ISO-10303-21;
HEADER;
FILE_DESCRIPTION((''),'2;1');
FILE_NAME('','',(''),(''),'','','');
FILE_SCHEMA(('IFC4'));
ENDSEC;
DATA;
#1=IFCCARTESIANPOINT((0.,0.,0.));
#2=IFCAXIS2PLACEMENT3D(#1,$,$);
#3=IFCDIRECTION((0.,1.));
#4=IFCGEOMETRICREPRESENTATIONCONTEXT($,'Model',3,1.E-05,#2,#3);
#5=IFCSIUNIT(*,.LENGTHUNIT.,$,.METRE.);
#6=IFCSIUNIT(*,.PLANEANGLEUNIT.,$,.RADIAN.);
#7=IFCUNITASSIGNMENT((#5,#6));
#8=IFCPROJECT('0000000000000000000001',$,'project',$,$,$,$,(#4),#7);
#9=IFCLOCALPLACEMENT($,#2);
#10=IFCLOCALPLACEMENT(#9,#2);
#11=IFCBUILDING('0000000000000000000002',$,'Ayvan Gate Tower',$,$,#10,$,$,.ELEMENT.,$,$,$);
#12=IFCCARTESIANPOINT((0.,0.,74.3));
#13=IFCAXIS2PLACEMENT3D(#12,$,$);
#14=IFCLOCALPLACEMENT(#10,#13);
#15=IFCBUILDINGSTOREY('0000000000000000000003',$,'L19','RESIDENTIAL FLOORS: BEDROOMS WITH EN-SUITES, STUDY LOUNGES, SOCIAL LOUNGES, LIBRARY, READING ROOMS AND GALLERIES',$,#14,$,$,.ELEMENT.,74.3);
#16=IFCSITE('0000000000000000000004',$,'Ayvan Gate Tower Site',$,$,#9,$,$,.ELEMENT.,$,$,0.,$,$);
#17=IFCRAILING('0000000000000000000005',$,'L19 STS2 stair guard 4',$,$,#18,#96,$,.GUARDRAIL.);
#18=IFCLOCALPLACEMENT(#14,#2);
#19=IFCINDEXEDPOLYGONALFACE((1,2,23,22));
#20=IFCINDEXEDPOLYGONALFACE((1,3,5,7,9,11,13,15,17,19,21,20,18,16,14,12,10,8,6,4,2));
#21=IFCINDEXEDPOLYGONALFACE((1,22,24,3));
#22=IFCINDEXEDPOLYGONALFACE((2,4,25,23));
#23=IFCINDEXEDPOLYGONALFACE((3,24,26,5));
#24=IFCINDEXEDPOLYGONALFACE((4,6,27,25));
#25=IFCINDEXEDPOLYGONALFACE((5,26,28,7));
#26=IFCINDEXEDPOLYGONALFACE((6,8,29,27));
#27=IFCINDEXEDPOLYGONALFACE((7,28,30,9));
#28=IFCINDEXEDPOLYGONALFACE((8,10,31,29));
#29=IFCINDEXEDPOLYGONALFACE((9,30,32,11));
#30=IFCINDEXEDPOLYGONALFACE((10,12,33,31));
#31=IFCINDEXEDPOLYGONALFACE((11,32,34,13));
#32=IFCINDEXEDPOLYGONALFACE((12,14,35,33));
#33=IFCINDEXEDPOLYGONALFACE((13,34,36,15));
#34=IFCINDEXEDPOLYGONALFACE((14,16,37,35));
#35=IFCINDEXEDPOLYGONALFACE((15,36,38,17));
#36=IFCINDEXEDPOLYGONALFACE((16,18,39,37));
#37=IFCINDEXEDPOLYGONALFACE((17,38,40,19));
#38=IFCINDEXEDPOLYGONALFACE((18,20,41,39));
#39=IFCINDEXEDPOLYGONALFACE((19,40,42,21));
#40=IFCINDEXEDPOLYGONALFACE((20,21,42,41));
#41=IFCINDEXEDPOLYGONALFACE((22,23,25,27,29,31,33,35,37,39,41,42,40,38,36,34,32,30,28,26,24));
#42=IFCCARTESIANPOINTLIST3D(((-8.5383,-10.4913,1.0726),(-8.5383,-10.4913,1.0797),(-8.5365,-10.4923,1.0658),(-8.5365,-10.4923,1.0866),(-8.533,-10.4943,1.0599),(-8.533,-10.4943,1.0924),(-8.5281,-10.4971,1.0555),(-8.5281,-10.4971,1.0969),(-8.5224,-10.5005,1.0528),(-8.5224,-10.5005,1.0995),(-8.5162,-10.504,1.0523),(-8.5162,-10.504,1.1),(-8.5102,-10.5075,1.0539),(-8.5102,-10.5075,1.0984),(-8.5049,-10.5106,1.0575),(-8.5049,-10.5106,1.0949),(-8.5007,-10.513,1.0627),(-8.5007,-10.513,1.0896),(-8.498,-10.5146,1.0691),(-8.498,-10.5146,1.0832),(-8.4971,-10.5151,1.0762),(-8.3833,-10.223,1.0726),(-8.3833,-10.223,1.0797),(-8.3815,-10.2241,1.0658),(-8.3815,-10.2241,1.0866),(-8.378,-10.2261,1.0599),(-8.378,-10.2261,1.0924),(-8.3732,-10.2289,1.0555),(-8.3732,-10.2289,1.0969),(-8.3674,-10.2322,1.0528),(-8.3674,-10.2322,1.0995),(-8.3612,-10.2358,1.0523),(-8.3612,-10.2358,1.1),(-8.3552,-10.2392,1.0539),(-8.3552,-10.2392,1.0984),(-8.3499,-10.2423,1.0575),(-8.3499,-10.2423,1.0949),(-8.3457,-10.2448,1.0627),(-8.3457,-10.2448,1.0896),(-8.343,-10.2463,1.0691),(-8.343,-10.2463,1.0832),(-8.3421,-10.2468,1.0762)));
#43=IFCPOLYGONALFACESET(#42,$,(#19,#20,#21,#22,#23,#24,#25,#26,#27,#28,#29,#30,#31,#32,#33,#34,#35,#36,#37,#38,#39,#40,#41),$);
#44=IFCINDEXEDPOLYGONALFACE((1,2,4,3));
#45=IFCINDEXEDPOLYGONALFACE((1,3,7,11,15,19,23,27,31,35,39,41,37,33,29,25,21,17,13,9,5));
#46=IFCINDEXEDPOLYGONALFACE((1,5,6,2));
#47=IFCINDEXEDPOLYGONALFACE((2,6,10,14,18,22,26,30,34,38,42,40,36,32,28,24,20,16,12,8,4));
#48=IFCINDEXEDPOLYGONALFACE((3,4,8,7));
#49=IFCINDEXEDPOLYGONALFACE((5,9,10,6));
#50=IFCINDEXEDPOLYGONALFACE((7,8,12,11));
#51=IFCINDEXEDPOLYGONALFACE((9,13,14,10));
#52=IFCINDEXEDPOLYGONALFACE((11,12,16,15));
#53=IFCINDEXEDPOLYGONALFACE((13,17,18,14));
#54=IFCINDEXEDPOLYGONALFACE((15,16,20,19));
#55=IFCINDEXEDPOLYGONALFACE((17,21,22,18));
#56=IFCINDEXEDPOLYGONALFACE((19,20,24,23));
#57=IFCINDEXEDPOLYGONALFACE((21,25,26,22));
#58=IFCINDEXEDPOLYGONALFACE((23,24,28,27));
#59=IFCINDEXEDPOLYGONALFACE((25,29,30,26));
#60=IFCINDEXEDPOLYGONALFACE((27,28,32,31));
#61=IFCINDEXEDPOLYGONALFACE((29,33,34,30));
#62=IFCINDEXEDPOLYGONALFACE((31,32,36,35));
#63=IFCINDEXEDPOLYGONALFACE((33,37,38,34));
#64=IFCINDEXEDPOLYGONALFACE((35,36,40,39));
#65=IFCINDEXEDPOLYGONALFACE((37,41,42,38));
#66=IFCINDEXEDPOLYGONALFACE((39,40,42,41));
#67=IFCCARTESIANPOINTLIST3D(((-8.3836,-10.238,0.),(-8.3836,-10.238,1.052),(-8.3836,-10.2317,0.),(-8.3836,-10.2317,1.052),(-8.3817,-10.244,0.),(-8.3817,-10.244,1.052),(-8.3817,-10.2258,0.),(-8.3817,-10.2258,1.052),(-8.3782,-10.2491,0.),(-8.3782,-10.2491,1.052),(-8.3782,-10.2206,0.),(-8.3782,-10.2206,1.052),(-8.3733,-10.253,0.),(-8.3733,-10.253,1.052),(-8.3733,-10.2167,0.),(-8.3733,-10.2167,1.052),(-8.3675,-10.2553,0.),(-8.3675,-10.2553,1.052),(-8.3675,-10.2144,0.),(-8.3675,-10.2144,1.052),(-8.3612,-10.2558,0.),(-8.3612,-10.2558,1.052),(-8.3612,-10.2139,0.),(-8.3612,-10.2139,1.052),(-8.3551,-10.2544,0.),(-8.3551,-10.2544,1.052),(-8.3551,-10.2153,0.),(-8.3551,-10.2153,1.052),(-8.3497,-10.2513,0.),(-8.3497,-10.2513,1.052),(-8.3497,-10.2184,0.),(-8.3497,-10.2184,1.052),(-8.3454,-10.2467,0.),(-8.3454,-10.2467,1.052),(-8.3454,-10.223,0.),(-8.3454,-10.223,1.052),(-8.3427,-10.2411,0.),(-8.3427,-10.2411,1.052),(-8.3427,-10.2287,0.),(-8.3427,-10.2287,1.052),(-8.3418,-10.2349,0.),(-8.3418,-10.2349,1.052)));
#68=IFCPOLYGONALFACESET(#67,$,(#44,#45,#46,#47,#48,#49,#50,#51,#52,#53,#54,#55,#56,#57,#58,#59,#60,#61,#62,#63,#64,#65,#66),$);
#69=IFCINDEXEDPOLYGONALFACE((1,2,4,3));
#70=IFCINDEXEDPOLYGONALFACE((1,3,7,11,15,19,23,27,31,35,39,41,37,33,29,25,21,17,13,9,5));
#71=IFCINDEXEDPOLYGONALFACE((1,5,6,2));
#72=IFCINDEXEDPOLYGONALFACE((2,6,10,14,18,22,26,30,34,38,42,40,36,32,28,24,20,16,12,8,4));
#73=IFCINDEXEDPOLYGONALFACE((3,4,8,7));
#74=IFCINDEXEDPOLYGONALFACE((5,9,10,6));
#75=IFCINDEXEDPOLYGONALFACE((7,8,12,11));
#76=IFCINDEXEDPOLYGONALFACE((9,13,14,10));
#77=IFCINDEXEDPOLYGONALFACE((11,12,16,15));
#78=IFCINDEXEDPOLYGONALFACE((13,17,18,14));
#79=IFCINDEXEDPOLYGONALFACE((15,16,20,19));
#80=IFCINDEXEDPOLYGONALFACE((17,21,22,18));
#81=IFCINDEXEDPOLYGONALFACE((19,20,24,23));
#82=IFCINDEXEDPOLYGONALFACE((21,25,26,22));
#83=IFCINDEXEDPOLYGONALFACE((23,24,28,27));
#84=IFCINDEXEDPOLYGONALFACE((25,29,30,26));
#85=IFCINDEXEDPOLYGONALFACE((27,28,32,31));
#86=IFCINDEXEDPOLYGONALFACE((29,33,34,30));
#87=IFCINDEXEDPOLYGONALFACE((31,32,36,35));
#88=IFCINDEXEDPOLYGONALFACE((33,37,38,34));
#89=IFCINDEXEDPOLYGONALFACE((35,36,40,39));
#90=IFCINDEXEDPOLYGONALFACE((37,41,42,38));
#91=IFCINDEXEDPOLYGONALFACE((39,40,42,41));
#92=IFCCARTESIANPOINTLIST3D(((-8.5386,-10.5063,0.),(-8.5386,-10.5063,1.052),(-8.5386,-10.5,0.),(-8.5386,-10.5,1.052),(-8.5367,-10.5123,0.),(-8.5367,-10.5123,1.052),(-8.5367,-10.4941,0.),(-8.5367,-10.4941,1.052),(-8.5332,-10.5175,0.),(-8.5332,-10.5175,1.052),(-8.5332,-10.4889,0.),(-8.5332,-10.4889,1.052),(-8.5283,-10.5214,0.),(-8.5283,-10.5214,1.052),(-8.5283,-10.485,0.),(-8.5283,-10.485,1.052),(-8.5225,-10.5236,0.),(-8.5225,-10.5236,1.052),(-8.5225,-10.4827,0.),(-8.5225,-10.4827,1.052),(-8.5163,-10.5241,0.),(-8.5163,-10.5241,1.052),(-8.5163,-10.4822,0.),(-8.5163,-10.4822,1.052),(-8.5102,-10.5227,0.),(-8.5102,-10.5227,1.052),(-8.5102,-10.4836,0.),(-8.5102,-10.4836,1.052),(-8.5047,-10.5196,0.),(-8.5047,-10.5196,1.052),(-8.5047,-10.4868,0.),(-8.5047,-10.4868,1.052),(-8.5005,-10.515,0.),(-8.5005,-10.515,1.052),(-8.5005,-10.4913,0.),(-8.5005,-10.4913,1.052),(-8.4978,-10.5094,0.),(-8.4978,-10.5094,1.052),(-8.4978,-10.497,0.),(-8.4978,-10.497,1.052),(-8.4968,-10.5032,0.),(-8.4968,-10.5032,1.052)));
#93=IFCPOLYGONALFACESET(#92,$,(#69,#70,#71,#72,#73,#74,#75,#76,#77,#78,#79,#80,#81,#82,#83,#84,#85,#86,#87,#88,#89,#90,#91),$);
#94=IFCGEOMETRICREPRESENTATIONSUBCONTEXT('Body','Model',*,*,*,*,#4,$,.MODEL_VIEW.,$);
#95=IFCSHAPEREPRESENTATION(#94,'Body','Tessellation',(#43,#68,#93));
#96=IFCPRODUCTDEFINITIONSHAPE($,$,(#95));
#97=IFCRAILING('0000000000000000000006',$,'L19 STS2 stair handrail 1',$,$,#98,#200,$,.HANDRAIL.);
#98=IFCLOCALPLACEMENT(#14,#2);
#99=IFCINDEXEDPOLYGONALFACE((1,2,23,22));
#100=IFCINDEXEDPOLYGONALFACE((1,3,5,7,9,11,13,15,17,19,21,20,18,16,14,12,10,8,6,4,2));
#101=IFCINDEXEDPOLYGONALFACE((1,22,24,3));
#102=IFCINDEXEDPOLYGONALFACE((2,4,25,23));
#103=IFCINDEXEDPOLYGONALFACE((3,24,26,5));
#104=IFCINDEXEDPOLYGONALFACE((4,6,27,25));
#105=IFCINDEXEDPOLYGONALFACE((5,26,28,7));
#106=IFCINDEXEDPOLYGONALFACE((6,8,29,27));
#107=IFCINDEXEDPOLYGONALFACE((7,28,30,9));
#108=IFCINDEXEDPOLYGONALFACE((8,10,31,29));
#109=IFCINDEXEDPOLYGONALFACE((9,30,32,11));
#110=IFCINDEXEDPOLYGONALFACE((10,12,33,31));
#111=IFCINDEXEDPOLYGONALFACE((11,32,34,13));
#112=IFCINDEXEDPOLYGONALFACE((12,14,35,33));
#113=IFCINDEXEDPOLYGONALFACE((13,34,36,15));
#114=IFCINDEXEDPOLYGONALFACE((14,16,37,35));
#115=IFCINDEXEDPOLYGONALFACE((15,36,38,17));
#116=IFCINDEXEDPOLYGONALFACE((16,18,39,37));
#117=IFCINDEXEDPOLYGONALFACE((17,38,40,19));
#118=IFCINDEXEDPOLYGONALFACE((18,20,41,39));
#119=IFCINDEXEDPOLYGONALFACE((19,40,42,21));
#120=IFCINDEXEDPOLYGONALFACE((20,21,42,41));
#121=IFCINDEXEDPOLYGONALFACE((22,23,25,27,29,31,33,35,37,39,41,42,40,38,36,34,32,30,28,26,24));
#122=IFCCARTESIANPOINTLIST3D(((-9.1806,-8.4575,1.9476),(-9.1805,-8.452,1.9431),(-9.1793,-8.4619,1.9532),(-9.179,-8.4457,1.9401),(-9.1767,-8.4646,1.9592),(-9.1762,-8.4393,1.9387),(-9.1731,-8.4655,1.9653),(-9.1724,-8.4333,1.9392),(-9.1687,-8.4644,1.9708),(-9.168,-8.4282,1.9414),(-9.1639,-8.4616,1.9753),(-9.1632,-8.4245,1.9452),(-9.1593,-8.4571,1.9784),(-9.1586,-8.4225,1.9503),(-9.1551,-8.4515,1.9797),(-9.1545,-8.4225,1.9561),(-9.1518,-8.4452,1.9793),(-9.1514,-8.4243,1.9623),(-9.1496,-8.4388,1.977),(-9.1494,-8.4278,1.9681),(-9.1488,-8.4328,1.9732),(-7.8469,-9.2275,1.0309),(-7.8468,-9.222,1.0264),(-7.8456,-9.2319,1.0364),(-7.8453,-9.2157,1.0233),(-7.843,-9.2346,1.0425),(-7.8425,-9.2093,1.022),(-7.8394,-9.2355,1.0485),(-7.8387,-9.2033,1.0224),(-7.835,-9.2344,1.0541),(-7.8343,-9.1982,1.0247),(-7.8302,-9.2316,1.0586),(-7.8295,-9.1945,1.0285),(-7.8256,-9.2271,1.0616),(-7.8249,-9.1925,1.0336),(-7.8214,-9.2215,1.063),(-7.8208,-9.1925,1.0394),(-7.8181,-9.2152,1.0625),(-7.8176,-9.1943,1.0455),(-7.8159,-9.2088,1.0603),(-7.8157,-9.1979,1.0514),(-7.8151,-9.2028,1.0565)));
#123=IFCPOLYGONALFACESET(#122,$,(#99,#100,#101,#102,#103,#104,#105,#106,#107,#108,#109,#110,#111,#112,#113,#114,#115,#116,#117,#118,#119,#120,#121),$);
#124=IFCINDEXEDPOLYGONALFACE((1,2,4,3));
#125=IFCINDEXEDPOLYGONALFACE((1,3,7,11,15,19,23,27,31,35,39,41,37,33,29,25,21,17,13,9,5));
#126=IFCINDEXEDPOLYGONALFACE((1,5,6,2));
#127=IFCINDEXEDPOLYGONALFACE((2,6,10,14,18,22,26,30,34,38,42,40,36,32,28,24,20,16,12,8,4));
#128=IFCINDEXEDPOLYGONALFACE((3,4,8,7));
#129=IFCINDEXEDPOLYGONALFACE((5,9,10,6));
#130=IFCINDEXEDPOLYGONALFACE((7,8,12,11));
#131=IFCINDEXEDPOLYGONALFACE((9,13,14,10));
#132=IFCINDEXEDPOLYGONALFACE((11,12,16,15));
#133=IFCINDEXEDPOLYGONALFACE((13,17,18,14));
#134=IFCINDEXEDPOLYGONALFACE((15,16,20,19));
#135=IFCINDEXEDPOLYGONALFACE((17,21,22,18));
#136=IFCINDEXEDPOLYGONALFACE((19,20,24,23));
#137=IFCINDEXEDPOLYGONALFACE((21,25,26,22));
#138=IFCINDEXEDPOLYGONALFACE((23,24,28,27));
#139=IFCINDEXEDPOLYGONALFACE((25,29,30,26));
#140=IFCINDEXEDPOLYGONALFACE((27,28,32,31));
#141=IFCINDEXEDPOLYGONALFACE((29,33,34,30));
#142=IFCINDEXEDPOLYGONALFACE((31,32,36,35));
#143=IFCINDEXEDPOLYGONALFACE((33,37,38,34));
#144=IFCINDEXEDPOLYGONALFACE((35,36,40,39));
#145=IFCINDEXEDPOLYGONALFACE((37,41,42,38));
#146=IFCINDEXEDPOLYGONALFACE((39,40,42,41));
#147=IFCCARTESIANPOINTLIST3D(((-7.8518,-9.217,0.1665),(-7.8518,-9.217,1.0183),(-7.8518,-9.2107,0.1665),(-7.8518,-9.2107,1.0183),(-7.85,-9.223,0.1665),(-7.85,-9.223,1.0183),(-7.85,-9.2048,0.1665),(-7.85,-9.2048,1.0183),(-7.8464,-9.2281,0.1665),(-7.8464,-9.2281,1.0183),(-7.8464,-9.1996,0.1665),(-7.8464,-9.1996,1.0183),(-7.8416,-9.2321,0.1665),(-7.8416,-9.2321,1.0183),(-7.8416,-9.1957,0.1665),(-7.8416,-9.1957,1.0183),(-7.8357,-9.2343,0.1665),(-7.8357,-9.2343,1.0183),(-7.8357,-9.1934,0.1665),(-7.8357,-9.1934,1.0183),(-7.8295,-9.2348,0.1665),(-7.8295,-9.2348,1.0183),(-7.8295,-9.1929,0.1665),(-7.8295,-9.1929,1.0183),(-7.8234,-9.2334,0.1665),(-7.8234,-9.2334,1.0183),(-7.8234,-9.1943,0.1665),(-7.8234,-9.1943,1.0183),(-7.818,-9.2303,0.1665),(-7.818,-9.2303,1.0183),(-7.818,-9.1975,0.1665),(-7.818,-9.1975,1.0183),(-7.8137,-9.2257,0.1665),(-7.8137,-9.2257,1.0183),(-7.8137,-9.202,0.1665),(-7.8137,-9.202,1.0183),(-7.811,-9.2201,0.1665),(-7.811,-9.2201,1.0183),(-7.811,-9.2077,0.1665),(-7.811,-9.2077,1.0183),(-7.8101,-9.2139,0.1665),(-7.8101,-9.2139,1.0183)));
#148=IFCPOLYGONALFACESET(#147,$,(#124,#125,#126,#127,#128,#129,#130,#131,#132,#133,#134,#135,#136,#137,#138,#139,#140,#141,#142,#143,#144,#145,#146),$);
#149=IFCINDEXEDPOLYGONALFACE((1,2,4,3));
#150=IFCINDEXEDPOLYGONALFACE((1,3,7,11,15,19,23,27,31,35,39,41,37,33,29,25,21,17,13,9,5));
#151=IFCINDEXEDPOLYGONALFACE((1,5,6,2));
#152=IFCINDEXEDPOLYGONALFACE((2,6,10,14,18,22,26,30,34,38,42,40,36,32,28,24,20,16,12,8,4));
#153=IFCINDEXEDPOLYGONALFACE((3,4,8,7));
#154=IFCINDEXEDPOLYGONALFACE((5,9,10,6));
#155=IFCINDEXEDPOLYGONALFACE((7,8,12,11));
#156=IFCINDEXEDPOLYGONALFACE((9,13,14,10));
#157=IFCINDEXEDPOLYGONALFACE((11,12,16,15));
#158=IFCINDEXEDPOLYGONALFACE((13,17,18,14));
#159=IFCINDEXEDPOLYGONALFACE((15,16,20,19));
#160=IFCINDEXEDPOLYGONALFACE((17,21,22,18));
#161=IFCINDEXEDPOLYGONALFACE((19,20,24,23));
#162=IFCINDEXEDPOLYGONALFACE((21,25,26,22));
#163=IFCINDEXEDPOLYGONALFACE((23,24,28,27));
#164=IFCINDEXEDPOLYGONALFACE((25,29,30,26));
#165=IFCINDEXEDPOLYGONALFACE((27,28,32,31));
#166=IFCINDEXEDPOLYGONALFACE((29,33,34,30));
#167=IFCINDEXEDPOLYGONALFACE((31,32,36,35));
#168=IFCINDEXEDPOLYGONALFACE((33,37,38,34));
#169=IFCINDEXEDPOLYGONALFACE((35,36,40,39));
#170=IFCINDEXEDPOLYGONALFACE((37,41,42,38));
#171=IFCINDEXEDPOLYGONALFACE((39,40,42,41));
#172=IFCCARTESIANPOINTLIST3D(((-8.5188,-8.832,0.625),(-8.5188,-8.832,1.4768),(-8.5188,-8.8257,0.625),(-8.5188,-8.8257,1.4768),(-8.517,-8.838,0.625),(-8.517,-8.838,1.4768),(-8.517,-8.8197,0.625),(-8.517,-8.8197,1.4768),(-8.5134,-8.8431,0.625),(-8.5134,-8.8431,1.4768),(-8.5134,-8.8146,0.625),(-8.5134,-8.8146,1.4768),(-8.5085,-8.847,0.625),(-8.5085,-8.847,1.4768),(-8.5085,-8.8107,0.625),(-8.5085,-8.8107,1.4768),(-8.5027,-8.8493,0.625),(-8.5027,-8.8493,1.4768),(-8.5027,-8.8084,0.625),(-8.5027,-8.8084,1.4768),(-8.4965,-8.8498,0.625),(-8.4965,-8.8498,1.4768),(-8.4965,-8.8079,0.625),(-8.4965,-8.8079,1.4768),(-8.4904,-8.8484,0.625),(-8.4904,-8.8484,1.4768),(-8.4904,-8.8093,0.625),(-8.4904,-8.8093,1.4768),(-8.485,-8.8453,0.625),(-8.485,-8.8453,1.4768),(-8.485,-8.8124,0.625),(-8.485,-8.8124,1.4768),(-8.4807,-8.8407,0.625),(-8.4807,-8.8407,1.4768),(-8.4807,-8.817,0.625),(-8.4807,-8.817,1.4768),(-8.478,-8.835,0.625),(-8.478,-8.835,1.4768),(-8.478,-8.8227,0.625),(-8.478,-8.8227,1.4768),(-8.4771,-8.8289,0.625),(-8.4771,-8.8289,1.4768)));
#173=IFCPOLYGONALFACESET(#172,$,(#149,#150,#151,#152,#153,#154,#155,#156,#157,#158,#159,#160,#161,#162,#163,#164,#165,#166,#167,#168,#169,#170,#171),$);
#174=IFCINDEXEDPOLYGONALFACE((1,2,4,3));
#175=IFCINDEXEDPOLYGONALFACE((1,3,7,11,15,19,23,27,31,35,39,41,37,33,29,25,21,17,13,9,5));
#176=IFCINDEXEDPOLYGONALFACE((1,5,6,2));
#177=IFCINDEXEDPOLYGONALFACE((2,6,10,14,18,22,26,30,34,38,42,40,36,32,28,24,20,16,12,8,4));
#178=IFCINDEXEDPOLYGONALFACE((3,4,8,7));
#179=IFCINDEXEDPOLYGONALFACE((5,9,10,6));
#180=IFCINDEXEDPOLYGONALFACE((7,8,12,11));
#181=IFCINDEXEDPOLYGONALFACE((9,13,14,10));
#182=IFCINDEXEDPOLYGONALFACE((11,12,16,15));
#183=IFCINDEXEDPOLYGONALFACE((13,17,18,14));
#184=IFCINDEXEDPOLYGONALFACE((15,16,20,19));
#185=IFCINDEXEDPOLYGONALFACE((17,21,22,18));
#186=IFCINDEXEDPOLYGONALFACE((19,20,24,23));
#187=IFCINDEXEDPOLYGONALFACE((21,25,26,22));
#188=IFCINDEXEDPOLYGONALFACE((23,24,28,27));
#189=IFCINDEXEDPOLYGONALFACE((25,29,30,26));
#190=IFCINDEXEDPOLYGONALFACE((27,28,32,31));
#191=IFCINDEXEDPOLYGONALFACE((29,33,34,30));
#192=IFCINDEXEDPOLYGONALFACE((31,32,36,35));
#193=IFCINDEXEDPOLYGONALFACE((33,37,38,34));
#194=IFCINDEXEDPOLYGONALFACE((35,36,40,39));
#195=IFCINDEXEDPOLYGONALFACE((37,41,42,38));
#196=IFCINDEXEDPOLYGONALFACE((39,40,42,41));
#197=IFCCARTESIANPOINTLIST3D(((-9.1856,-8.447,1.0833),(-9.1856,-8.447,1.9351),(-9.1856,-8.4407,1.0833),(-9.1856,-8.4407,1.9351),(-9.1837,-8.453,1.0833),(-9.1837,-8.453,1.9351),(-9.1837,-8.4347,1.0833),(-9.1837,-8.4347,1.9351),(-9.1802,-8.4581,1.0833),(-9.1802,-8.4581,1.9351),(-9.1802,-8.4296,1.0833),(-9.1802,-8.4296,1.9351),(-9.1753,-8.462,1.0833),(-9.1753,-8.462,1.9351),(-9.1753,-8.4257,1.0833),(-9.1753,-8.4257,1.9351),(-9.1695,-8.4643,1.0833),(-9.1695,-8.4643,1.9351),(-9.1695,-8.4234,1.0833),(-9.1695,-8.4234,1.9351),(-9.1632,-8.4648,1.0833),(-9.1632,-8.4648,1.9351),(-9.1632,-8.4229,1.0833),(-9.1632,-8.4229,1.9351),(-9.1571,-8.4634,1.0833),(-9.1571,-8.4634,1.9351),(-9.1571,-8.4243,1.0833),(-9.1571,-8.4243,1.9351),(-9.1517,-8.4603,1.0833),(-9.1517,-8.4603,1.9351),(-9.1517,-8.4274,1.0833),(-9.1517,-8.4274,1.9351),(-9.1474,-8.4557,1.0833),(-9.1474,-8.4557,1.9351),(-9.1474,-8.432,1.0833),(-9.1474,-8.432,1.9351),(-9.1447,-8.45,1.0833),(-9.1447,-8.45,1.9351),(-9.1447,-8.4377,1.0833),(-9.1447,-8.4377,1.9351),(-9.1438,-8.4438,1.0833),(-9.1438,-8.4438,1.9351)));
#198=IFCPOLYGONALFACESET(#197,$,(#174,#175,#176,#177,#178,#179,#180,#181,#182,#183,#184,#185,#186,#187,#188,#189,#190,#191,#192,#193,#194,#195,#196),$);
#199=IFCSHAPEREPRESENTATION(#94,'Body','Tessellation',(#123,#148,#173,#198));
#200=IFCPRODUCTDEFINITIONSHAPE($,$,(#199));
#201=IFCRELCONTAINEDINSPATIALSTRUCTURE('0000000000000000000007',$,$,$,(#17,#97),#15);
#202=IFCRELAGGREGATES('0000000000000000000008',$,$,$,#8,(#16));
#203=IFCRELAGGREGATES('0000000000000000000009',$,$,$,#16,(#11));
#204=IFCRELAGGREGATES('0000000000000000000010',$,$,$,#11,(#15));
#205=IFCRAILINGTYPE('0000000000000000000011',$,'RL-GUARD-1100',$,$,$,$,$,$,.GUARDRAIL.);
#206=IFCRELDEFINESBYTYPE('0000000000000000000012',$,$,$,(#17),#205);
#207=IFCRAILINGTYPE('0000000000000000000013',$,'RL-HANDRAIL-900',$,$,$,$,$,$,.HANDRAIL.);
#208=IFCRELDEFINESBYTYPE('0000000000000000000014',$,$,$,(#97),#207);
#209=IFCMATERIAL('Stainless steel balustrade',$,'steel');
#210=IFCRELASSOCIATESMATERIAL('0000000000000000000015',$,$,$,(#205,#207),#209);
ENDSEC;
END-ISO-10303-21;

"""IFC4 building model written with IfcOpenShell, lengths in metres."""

from ifc_helpers import new_model, si_unit, direction, frame, origin, origin_2d, place, context, subcontext, project, spatial, circle, extrude, material, type_object, element, save


model = new_model("IFC4")

# Units and contexts
model_context = context("Model", 3, precision=1e-05, world=origin(), true_north=direction((0.0, 1.0)))
body_context = subcontext(model_context, "Body", "Model", "MODEL_VIEW")
ifc_project = project(units=[si_unit("LENGTHUNIT", "METRE"), si_unit("PLANEANGLEUNIT", "RADIAN")], contexts=[model_context])

# Site, building, storey
site_placement = place(None, origin())
site = spatial("IfcSite", under=ifc_project, at=site_placement, Name="Ayvan Gate Tower Site", CompositionType="ELEMENT", RefElevation=0.0)
building_placement = place(site_placement, origin())
building = spatial("IfcBuilding", under=site, at=building_placement, Name="Ayvan Gate Tower", CompositionType="ELEMENT")
storey_placement = place(building_placement, frame((0.0, 0.0, 74.3)))
storey = spatial("IfcBuildingStorey", under=building, at=storey_placement, Name="L19", Description="RESIDENTIAL FLOORS: BEDROOMS WITH EN-SUITES, STUDY LOUNGES, SOCIAL LOUNGES, LIBRARY, READING ROOMS AND GALLERIES", CompositionType="ELEMENT", Elevation=74.3)

# Railings
ifc_material_1 = material(Name="Stainless steel balustrade", Category="steel")
railing_type_1 = type_object("IfcRailingType", Name="RL-GUARD-1100", PredefinedType="GUARDRAIL", material=ifc_material_1)
railing_1_placement = place(storey_placement, frame((-8.3628, -10.2349, 0.0)))
element("IfcRailing", 1, at=railing_1_placement, inside=storey, type_object=railing_type_1, Name="L19 STS2 stair guard 4", PredefinedType="GUARDRAIL", context=body_context, shape_type="SweptSolid", body=[
    extrude(circle(Radius=0.0239, at=origin_2d()), frame((0.0, 0.0, 1.0762), z_axis=(-0.500291, -0.865857, 0.0), x_axis=(0.865857, -0.500291, 0.0)), (0.0, 0.0, 1.0), 0.3098),
    extrude(circle(Radius=0.021, at=origin_2d()), origin(), (0.0, 0.0, 1.0), 1.052),
    extrude(circle(Radius=0.021, at=origin_2d()), frame((-0.155, -0.2683, 0.0)), (0.0, 0.0, 1.0), 1.052),
])
railing_type_2 = type_object("IfcRailingType", Name="RL-HANDRAIL-900", PredefinedType="HANDRAIL", material=ifc_material_1)
for number, where, name in (
    (2, (-7.8311, -9.2139, 0.1665), "L19 STS2 stair handrail 1"),
):
    element("IfcRailing", number, at=place(storey_placement, frame(where)), inside=storey, type_object=railing_type_2, Name=name, PredefinedType="HANDRAIL", context=body_context, shape_type="SweptSolid", body=[
        extrude(circle(Radius=0.0239, at=origin_2d()), frame((0.0, 0.0, 0.876), z_axis=(-0.744164, 0.429634, 0.511502), x_axis=(-0.499992, -0.86603, 0.0)), (0.0, 0.0, 1.0), 1.7922),
        extrude(circle(Radius=0.021, at=origin_2d()), origin(), (0.0, 0.0, 1.0), 0.8518),
        extrude(circle(Radius=0.021, at=origin_2d()), frame((-0.667, 0.385, 0.4585)), (0.0, 0.0, 1.0), 0.8518),
        extrude(circle(Radius=0.021, at=origin_2d()), frame((-1.3337, 0.77, 0.9167)), (0.0, 0.0, 1.0), 0.8518),
    ])

save(model, "model.ifc")
